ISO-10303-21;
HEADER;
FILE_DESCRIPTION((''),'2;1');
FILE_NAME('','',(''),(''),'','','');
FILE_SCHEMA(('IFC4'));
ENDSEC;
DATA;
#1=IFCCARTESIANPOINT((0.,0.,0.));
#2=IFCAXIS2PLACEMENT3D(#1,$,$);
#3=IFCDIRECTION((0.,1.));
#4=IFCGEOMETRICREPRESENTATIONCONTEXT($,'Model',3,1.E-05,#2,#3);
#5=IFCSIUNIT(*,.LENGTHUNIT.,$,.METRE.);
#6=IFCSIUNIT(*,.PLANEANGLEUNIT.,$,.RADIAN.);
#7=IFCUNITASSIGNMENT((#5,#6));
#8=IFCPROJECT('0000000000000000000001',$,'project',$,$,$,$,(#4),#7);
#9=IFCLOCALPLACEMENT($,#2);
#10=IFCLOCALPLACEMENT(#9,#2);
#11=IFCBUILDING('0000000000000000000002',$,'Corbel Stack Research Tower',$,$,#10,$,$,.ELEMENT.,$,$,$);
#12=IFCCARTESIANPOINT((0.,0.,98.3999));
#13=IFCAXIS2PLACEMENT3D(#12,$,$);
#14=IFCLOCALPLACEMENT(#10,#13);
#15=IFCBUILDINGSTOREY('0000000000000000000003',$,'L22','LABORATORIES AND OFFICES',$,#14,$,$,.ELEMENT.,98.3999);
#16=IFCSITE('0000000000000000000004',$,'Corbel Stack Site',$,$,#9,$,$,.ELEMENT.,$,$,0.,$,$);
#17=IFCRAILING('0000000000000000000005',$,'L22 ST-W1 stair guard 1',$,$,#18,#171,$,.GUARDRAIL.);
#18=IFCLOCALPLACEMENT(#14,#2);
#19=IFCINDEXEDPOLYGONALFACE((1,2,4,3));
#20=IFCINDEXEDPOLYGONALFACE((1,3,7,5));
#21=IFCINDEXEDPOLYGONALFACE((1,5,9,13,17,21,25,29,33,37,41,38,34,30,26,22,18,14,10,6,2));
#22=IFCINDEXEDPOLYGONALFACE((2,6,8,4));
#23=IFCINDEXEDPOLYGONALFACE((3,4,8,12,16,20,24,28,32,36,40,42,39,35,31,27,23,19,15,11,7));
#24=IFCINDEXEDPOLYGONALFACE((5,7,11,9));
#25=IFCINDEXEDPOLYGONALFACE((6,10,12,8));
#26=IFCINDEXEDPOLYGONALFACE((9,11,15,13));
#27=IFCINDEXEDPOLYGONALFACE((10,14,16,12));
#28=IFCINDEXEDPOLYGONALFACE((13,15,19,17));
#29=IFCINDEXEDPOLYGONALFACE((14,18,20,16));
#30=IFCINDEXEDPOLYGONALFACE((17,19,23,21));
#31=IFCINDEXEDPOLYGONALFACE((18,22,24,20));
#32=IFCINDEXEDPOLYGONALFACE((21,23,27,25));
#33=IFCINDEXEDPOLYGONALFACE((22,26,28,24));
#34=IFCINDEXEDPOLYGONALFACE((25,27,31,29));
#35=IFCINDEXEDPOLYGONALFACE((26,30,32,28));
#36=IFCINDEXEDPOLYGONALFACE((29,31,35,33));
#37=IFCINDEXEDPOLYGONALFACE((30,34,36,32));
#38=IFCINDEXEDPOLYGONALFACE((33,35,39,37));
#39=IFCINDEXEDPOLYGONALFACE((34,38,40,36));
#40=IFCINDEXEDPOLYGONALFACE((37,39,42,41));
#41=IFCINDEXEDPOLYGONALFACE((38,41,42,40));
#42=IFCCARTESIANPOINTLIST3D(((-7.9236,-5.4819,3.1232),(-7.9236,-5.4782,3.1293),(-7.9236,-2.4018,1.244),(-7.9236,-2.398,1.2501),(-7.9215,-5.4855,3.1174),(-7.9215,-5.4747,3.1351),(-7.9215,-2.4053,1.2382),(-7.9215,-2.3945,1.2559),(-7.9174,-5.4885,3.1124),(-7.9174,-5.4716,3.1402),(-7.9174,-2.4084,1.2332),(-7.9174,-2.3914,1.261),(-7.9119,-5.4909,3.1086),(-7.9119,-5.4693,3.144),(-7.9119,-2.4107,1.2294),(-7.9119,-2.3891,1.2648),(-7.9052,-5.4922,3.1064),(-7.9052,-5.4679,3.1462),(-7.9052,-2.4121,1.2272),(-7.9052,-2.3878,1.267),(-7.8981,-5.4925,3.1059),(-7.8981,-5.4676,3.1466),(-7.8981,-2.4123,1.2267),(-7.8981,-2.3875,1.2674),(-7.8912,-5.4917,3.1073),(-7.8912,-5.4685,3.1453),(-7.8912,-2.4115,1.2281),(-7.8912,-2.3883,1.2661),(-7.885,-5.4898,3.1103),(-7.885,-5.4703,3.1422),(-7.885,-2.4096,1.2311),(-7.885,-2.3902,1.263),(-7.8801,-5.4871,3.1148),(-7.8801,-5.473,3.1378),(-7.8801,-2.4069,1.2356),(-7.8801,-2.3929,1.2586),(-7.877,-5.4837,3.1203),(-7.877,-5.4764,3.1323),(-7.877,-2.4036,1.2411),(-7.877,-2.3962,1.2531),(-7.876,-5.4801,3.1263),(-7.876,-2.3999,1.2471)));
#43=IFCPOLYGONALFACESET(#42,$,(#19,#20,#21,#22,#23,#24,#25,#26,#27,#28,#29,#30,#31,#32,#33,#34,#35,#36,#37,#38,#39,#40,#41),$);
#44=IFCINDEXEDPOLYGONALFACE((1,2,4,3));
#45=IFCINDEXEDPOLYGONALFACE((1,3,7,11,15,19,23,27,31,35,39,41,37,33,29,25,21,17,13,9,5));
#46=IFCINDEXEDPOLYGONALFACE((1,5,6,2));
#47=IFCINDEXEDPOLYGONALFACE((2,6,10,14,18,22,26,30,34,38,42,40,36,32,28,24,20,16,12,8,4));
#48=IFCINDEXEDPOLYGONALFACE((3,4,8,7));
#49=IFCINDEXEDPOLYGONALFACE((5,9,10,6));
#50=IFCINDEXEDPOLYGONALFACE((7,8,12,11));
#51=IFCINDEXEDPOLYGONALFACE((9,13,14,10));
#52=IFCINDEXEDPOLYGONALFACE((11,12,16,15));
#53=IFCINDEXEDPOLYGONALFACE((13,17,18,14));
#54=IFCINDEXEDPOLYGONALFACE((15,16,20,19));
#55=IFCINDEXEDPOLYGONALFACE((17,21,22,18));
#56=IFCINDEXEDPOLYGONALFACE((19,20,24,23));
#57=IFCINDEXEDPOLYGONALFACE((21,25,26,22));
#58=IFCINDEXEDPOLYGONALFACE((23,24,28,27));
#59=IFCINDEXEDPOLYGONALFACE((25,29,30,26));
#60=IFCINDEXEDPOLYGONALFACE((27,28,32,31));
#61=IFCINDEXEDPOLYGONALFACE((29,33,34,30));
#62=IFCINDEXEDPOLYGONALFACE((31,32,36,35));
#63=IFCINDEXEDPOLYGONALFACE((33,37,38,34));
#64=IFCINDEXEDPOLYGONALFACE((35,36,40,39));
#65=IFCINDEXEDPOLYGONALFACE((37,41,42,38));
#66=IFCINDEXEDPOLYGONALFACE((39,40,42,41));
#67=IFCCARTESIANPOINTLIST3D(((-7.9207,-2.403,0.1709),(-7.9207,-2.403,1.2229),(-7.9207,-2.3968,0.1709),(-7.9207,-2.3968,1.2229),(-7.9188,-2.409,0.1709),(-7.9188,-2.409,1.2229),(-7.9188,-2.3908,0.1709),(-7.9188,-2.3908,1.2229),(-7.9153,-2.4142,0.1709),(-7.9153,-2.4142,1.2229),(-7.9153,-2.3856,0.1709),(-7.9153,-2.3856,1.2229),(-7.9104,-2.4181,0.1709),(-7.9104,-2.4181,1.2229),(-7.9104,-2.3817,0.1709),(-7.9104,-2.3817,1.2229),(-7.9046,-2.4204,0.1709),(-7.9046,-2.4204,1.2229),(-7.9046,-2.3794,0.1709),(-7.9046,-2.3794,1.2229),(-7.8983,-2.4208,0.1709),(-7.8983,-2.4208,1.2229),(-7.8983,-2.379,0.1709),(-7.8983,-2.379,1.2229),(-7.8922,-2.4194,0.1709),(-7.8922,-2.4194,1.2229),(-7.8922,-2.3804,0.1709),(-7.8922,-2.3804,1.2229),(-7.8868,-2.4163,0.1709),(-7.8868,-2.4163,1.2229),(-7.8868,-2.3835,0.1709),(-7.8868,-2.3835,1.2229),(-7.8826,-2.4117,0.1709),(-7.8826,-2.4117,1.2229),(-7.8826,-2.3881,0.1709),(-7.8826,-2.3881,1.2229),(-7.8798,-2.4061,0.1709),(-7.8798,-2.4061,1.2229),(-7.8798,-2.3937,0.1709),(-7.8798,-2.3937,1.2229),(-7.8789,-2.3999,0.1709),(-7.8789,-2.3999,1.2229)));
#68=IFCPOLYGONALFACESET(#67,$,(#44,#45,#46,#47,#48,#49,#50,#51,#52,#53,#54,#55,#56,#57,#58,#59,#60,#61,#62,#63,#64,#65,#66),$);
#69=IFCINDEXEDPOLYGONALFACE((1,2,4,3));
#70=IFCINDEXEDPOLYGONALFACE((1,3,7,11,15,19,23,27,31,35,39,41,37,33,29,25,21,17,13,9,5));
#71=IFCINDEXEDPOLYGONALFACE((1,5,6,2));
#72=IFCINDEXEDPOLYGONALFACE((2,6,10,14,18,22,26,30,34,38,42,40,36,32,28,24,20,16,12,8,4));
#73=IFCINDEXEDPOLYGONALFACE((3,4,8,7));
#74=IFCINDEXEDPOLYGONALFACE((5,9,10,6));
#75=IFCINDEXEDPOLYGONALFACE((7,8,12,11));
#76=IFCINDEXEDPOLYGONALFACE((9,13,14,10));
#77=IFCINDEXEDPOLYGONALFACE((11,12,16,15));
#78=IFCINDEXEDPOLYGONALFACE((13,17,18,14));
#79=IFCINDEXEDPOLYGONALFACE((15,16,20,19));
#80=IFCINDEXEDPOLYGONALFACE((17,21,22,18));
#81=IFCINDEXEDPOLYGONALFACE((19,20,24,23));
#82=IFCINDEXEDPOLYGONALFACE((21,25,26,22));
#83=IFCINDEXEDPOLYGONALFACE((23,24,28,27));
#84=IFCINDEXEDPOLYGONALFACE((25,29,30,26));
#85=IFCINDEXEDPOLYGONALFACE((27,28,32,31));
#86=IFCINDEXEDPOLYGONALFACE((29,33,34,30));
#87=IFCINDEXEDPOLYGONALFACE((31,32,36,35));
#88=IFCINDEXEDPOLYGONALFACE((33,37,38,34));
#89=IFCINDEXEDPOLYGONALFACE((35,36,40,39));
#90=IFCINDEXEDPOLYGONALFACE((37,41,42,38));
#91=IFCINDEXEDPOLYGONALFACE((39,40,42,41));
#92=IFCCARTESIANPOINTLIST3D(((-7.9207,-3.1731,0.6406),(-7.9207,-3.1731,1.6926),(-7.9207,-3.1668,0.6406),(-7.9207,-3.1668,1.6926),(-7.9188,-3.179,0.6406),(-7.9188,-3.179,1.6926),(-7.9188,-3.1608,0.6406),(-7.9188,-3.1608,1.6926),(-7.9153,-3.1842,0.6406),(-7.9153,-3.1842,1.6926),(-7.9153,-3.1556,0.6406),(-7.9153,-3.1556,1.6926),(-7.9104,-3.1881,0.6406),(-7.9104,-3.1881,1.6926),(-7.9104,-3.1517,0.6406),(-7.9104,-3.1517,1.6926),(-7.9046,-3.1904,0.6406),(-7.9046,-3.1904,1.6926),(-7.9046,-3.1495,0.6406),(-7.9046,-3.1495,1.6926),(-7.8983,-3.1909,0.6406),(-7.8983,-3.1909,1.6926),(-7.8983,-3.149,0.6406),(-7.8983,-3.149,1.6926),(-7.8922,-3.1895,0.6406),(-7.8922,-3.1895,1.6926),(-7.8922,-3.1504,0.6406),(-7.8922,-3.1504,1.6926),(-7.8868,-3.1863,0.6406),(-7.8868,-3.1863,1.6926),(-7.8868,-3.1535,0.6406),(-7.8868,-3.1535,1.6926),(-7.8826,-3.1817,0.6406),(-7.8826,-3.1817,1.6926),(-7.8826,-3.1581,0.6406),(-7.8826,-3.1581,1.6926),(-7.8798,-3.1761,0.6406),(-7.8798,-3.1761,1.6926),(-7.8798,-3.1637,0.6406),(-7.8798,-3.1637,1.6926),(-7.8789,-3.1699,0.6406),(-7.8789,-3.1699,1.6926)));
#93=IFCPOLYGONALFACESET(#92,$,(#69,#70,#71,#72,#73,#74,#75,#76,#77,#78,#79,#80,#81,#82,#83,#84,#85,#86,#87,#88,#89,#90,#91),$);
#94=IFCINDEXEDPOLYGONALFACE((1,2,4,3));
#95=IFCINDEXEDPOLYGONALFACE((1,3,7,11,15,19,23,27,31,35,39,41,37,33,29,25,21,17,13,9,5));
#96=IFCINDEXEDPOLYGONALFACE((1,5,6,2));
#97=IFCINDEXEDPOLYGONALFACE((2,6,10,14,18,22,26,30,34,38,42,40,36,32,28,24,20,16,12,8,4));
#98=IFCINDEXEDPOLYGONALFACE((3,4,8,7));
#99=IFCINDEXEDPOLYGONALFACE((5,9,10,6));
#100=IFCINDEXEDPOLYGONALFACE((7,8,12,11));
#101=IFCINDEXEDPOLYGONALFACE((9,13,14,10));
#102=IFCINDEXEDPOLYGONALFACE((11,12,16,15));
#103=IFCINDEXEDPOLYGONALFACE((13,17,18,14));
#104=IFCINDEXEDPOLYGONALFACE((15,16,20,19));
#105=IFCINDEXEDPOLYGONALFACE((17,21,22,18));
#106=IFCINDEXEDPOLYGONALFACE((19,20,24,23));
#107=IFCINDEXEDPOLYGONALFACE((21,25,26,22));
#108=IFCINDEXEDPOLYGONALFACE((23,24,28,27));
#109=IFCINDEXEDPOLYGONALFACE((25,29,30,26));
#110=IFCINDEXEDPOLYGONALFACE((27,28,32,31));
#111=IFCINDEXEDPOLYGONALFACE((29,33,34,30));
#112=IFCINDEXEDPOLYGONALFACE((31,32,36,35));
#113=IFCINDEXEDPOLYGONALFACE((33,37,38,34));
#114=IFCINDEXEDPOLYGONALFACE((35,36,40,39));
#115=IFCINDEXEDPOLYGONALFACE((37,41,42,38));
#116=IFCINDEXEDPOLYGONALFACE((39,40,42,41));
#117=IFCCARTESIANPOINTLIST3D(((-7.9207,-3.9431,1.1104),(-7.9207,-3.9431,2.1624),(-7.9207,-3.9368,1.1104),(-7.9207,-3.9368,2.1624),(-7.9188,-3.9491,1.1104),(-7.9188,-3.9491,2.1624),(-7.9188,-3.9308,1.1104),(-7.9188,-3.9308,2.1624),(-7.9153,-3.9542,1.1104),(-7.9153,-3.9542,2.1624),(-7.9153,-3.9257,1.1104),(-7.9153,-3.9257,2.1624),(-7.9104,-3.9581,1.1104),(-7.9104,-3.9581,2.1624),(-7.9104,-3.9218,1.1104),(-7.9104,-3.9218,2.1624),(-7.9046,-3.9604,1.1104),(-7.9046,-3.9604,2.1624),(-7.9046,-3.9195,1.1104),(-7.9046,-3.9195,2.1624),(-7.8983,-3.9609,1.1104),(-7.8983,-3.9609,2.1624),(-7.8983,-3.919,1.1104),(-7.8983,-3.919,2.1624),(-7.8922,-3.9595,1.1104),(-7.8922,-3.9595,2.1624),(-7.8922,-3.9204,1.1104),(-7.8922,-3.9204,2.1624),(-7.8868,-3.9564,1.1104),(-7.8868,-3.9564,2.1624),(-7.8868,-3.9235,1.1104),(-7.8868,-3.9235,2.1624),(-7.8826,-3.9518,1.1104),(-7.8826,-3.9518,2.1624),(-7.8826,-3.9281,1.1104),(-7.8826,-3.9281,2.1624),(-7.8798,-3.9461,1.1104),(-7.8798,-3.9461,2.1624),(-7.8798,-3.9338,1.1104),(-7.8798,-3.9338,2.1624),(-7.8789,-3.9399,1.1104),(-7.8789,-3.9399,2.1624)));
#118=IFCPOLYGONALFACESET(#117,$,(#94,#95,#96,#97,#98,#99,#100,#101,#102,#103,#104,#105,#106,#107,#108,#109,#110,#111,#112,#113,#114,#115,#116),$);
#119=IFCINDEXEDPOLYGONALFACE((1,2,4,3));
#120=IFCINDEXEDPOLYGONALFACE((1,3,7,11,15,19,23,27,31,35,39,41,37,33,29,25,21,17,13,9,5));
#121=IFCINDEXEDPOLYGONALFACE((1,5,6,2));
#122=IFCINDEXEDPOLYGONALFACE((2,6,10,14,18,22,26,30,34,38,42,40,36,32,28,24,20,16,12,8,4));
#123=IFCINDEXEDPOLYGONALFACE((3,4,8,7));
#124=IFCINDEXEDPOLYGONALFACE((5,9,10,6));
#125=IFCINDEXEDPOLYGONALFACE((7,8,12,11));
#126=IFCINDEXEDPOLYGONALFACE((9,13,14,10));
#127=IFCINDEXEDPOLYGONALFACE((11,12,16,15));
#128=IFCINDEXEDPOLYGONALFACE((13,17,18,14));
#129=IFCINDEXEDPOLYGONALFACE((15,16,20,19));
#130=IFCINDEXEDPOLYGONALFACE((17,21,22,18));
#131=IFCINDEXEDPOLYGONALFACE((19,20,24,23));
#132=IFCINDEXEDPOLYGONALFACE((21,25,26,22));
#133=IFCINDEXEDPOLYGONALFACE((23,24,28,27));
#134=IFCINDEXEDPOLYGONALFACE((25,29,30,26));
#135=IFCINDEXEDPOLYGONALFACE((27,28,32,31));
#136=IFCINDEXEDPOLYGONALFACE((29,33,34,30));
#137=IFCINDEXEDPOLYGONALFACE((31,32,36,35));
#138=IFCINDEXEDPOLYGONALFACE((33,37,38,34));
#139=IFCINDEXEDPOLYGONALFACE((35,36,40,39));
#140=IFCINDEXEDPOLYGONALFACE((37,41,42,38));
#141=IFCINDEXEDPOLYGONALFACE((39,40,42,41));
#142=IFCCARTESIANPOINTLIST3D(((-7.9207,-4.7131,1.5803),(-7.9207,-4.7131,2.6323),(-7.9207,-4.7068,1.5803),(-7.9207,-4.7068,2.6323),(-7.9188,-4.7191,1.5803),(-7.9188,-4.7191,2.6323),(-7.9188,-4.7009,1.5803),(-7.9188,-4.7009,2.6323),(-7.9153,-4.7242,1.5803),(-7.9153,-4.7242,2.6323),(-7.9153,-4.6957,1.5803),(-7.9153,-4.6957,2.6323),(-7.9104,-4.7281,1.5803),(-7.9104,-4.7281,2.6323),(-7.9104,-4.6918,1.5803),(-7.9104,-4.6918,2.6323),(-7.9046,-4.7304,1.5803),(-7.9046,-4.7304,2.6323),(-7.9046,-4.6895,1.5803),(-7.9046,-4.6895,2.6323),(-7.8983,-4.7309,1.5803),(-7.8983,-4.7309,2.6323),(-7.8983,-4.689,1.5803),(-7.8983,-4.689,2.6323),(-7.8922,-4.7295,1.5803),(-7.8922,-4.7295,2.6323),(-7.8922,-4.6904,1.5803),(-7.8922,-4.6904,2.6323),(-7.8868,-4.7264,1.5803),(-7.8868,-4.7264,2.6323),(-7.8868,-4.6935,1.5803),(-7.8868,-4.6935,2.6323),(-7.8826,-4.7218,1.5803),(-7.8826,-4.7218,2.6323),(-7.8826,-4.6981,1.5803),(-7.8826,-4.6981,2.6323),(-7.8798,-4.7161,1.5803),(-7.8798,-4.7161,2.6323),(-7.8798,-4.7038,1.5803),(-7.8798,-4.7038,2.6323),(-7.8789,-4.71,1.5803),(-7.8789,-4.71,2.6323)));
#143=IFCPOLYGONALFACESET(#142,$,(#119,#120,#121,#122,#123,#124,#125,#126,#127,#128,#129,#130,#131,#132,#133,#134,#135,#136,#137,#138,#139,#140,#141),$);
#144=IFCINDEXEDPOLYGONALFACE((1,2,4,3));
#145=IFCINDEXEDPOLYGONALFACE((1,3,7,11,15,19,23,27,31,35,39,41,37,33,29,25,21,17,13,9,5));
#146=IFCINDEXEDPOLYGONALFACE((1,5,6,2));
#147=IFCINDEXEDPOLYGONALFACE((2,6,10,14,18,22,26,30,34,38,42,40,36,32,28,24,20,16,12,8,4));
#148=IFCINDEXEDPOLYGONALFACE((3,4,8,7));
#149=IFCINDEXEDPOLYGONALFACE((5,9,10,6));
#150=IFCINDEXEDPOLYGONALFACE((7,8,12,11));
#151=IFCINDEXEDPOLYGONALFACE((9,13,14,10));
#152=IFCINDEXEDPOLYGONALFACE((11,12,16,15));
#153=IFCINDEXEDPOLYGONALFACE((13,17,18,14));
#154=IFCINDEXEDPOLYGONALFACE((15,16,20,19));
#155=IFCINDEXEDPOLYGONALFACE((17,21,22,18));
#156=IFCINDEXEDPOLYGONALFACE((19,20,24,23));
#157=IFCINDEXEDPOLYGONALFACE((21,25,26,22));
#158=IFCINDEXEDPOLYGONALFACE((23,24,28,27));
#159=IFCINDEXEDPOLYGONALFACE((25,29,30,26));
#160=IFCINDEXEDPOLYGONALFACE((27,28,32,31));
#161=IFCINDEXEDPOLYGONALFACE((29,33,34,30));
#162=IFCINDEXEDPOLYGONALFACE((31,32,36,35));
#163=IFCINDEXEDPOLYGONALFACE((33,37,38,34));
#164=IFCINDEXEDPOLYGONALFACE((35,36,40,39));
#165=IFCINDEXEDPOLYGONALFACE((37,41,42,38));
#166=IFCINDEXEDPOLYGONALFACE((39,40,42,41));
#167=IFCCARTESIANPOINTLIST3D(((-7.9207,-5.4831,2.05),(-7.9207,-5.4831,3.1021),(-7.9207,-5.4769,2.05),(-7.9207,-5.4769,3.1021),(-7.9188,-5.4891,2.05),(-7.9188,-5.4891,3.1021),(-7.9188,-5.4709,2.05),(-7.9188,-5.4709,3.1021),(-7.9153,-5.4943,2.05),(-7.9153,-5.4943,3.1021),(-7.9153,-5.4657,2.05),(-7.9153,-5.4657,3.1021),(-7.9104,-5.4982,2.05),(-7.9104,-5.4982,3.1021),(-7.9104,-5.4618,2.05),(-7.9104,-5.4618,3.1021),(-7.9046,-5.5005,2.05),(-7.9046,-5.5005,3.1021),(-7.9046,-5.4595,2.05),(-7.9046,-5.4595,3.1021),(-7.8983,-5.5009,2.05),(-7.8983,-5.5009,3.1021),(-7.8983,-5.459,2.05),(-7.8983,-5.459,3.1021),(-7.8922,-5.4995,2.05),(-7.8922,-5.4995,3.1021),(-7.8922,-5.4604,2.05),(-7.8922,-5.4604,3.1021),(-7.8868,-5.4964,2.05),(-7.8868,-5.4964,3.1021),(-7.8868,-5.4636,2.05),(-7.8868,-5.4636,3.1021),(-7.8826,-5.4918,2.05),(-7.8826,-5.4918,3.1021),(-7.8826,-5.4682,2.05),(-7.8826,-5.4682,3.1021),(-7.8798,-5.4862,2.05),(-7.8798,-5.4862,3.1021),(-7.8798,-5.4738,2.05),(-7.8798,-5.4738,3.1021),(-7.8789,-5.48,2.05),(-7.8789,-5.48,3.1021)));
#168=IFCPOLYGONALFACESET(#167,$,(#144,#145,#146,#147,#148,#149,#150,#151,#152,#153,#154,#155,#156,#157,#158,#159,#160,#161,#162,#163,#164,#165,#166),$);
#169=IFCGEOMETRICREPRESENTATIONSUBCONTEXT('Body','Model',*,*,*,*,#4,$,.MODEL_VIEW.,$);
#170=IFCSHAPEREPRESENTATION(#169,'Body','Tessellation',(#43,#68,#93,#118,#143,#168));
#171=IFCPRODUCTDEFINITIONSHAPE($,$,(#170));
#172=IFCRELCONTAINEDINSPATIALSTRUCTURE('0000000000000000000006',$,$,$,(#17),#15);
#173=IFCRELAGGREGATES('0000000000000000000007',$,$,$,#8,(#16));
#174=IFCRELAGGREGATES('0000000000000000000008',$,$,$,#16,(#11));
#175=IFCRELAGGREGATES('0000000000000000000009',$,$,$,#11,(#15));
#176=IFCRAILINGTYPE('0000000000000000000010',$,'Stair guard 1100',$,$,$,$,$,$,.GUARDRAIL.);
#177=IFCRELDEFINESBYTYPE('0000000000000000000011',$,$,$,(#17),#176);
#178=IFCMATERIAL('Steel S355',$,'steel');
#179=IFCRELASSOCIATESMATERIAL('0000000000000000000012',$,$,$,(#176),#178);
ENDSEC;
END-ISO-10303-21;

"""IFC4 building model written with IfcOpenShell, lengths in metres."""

from ifc_helpers import new_model, si_unit, direction, frame, origin, origin_2d, place, context, subcontext, project, spatial, circle, extrude, material, type_object, element, save


model = new_model("IFC4")

# Units and contexts
model_context = context("Model", 3, precision=1e-05, world=origin(), true_north=direction((0.0, 1.0)))
body_context = subcontext(model_context, "Body", "Model", "MODEL_VIEW")
ifc_project = project(units=[si_unit("LENGTHUNIT", "METRE"), si_unit("PLANEANGLEUNIT", "RADIAN")], contexts=[model_context])

# Site, building, storey
site_placement = place(None, origin())
site = spatial("IfcSite", under=ifc_project, at=site_placement, Name="Corbel Stack Site", CompositionType="ELEMENT", RefElevation=0.0)
building_placement = place(site_placement, origin())
building = spatial("IfcBuilding", under=site, at=building_placement, Name="Corbel Stack Research Tower", CompositionType="ELEMENT")
storey_placement = place(building_placement, frame((0.0, 0.0, 98.3999)))
storey = spatial("IfcBuildingStorey", under=building, at=storey_placement, Name="L22", Description="LABORATORIES AND OFFICES", CompositionType="ELEMENT", Elevation=98.3999)

# Railing
ifc_material_1 = material(Name="Steel S355", Category="steel")
railing_type_1 = type_object("IfcRailingType", Name="Stair guard 1100", PredefinedType="GUARDRAIL", material=ifc_material_1)
railing_1_placement = place(storey_placement, frame((-7.8999, -2.3999, 0.1709)))
element("IfcRailing", 1, at=railing_1_placement, inside=storey, type_object=railing_type_1, Name="L22 ST-W1 stair guard 1", PredefinedType="GUARDRAIL", context=body_context, shape_type="SweptSolid", body=[
    extrude(circle(Radius=0.0239, at=origin_2d()), frame((0.0, 0.0, 1.0762), z_axis=(0.0, -0.853666, 0.52082), x_axis=(1.0, 0.0, 0.0)), (0.0, 0.0, 1.0), 3.6082),
    extrude(circle(Radius=0.021, at=origin_2d()), origin(), (0.0, 0.0, 1.0), 1.052),
    extrude(circle(Radius=0.021, at=origin_2d()), frame((0.0, -0.77, 0.4697)), (0.0, 0.0, 1.0), 1.052),
    extrude(circle(Radius=0.021, at=origin_2d()), frame((0.0, -1.54, 0.9395)), (0.0, 0.0, 1.0), 1.052),
    extrude(circle(Radius=0.021, at=origin_2d()), frame((0.0, -2.3101, 1.4094)), (0.0, 0.0, 1.0), 1.052),
    extrude(circle(Radius=0.021, at=origin_2d()), frame((0.0, -3.0801, 1.8792)), (0.0, 0.0, 1.0), 1.052),
])

save(model, "model.ifc")
